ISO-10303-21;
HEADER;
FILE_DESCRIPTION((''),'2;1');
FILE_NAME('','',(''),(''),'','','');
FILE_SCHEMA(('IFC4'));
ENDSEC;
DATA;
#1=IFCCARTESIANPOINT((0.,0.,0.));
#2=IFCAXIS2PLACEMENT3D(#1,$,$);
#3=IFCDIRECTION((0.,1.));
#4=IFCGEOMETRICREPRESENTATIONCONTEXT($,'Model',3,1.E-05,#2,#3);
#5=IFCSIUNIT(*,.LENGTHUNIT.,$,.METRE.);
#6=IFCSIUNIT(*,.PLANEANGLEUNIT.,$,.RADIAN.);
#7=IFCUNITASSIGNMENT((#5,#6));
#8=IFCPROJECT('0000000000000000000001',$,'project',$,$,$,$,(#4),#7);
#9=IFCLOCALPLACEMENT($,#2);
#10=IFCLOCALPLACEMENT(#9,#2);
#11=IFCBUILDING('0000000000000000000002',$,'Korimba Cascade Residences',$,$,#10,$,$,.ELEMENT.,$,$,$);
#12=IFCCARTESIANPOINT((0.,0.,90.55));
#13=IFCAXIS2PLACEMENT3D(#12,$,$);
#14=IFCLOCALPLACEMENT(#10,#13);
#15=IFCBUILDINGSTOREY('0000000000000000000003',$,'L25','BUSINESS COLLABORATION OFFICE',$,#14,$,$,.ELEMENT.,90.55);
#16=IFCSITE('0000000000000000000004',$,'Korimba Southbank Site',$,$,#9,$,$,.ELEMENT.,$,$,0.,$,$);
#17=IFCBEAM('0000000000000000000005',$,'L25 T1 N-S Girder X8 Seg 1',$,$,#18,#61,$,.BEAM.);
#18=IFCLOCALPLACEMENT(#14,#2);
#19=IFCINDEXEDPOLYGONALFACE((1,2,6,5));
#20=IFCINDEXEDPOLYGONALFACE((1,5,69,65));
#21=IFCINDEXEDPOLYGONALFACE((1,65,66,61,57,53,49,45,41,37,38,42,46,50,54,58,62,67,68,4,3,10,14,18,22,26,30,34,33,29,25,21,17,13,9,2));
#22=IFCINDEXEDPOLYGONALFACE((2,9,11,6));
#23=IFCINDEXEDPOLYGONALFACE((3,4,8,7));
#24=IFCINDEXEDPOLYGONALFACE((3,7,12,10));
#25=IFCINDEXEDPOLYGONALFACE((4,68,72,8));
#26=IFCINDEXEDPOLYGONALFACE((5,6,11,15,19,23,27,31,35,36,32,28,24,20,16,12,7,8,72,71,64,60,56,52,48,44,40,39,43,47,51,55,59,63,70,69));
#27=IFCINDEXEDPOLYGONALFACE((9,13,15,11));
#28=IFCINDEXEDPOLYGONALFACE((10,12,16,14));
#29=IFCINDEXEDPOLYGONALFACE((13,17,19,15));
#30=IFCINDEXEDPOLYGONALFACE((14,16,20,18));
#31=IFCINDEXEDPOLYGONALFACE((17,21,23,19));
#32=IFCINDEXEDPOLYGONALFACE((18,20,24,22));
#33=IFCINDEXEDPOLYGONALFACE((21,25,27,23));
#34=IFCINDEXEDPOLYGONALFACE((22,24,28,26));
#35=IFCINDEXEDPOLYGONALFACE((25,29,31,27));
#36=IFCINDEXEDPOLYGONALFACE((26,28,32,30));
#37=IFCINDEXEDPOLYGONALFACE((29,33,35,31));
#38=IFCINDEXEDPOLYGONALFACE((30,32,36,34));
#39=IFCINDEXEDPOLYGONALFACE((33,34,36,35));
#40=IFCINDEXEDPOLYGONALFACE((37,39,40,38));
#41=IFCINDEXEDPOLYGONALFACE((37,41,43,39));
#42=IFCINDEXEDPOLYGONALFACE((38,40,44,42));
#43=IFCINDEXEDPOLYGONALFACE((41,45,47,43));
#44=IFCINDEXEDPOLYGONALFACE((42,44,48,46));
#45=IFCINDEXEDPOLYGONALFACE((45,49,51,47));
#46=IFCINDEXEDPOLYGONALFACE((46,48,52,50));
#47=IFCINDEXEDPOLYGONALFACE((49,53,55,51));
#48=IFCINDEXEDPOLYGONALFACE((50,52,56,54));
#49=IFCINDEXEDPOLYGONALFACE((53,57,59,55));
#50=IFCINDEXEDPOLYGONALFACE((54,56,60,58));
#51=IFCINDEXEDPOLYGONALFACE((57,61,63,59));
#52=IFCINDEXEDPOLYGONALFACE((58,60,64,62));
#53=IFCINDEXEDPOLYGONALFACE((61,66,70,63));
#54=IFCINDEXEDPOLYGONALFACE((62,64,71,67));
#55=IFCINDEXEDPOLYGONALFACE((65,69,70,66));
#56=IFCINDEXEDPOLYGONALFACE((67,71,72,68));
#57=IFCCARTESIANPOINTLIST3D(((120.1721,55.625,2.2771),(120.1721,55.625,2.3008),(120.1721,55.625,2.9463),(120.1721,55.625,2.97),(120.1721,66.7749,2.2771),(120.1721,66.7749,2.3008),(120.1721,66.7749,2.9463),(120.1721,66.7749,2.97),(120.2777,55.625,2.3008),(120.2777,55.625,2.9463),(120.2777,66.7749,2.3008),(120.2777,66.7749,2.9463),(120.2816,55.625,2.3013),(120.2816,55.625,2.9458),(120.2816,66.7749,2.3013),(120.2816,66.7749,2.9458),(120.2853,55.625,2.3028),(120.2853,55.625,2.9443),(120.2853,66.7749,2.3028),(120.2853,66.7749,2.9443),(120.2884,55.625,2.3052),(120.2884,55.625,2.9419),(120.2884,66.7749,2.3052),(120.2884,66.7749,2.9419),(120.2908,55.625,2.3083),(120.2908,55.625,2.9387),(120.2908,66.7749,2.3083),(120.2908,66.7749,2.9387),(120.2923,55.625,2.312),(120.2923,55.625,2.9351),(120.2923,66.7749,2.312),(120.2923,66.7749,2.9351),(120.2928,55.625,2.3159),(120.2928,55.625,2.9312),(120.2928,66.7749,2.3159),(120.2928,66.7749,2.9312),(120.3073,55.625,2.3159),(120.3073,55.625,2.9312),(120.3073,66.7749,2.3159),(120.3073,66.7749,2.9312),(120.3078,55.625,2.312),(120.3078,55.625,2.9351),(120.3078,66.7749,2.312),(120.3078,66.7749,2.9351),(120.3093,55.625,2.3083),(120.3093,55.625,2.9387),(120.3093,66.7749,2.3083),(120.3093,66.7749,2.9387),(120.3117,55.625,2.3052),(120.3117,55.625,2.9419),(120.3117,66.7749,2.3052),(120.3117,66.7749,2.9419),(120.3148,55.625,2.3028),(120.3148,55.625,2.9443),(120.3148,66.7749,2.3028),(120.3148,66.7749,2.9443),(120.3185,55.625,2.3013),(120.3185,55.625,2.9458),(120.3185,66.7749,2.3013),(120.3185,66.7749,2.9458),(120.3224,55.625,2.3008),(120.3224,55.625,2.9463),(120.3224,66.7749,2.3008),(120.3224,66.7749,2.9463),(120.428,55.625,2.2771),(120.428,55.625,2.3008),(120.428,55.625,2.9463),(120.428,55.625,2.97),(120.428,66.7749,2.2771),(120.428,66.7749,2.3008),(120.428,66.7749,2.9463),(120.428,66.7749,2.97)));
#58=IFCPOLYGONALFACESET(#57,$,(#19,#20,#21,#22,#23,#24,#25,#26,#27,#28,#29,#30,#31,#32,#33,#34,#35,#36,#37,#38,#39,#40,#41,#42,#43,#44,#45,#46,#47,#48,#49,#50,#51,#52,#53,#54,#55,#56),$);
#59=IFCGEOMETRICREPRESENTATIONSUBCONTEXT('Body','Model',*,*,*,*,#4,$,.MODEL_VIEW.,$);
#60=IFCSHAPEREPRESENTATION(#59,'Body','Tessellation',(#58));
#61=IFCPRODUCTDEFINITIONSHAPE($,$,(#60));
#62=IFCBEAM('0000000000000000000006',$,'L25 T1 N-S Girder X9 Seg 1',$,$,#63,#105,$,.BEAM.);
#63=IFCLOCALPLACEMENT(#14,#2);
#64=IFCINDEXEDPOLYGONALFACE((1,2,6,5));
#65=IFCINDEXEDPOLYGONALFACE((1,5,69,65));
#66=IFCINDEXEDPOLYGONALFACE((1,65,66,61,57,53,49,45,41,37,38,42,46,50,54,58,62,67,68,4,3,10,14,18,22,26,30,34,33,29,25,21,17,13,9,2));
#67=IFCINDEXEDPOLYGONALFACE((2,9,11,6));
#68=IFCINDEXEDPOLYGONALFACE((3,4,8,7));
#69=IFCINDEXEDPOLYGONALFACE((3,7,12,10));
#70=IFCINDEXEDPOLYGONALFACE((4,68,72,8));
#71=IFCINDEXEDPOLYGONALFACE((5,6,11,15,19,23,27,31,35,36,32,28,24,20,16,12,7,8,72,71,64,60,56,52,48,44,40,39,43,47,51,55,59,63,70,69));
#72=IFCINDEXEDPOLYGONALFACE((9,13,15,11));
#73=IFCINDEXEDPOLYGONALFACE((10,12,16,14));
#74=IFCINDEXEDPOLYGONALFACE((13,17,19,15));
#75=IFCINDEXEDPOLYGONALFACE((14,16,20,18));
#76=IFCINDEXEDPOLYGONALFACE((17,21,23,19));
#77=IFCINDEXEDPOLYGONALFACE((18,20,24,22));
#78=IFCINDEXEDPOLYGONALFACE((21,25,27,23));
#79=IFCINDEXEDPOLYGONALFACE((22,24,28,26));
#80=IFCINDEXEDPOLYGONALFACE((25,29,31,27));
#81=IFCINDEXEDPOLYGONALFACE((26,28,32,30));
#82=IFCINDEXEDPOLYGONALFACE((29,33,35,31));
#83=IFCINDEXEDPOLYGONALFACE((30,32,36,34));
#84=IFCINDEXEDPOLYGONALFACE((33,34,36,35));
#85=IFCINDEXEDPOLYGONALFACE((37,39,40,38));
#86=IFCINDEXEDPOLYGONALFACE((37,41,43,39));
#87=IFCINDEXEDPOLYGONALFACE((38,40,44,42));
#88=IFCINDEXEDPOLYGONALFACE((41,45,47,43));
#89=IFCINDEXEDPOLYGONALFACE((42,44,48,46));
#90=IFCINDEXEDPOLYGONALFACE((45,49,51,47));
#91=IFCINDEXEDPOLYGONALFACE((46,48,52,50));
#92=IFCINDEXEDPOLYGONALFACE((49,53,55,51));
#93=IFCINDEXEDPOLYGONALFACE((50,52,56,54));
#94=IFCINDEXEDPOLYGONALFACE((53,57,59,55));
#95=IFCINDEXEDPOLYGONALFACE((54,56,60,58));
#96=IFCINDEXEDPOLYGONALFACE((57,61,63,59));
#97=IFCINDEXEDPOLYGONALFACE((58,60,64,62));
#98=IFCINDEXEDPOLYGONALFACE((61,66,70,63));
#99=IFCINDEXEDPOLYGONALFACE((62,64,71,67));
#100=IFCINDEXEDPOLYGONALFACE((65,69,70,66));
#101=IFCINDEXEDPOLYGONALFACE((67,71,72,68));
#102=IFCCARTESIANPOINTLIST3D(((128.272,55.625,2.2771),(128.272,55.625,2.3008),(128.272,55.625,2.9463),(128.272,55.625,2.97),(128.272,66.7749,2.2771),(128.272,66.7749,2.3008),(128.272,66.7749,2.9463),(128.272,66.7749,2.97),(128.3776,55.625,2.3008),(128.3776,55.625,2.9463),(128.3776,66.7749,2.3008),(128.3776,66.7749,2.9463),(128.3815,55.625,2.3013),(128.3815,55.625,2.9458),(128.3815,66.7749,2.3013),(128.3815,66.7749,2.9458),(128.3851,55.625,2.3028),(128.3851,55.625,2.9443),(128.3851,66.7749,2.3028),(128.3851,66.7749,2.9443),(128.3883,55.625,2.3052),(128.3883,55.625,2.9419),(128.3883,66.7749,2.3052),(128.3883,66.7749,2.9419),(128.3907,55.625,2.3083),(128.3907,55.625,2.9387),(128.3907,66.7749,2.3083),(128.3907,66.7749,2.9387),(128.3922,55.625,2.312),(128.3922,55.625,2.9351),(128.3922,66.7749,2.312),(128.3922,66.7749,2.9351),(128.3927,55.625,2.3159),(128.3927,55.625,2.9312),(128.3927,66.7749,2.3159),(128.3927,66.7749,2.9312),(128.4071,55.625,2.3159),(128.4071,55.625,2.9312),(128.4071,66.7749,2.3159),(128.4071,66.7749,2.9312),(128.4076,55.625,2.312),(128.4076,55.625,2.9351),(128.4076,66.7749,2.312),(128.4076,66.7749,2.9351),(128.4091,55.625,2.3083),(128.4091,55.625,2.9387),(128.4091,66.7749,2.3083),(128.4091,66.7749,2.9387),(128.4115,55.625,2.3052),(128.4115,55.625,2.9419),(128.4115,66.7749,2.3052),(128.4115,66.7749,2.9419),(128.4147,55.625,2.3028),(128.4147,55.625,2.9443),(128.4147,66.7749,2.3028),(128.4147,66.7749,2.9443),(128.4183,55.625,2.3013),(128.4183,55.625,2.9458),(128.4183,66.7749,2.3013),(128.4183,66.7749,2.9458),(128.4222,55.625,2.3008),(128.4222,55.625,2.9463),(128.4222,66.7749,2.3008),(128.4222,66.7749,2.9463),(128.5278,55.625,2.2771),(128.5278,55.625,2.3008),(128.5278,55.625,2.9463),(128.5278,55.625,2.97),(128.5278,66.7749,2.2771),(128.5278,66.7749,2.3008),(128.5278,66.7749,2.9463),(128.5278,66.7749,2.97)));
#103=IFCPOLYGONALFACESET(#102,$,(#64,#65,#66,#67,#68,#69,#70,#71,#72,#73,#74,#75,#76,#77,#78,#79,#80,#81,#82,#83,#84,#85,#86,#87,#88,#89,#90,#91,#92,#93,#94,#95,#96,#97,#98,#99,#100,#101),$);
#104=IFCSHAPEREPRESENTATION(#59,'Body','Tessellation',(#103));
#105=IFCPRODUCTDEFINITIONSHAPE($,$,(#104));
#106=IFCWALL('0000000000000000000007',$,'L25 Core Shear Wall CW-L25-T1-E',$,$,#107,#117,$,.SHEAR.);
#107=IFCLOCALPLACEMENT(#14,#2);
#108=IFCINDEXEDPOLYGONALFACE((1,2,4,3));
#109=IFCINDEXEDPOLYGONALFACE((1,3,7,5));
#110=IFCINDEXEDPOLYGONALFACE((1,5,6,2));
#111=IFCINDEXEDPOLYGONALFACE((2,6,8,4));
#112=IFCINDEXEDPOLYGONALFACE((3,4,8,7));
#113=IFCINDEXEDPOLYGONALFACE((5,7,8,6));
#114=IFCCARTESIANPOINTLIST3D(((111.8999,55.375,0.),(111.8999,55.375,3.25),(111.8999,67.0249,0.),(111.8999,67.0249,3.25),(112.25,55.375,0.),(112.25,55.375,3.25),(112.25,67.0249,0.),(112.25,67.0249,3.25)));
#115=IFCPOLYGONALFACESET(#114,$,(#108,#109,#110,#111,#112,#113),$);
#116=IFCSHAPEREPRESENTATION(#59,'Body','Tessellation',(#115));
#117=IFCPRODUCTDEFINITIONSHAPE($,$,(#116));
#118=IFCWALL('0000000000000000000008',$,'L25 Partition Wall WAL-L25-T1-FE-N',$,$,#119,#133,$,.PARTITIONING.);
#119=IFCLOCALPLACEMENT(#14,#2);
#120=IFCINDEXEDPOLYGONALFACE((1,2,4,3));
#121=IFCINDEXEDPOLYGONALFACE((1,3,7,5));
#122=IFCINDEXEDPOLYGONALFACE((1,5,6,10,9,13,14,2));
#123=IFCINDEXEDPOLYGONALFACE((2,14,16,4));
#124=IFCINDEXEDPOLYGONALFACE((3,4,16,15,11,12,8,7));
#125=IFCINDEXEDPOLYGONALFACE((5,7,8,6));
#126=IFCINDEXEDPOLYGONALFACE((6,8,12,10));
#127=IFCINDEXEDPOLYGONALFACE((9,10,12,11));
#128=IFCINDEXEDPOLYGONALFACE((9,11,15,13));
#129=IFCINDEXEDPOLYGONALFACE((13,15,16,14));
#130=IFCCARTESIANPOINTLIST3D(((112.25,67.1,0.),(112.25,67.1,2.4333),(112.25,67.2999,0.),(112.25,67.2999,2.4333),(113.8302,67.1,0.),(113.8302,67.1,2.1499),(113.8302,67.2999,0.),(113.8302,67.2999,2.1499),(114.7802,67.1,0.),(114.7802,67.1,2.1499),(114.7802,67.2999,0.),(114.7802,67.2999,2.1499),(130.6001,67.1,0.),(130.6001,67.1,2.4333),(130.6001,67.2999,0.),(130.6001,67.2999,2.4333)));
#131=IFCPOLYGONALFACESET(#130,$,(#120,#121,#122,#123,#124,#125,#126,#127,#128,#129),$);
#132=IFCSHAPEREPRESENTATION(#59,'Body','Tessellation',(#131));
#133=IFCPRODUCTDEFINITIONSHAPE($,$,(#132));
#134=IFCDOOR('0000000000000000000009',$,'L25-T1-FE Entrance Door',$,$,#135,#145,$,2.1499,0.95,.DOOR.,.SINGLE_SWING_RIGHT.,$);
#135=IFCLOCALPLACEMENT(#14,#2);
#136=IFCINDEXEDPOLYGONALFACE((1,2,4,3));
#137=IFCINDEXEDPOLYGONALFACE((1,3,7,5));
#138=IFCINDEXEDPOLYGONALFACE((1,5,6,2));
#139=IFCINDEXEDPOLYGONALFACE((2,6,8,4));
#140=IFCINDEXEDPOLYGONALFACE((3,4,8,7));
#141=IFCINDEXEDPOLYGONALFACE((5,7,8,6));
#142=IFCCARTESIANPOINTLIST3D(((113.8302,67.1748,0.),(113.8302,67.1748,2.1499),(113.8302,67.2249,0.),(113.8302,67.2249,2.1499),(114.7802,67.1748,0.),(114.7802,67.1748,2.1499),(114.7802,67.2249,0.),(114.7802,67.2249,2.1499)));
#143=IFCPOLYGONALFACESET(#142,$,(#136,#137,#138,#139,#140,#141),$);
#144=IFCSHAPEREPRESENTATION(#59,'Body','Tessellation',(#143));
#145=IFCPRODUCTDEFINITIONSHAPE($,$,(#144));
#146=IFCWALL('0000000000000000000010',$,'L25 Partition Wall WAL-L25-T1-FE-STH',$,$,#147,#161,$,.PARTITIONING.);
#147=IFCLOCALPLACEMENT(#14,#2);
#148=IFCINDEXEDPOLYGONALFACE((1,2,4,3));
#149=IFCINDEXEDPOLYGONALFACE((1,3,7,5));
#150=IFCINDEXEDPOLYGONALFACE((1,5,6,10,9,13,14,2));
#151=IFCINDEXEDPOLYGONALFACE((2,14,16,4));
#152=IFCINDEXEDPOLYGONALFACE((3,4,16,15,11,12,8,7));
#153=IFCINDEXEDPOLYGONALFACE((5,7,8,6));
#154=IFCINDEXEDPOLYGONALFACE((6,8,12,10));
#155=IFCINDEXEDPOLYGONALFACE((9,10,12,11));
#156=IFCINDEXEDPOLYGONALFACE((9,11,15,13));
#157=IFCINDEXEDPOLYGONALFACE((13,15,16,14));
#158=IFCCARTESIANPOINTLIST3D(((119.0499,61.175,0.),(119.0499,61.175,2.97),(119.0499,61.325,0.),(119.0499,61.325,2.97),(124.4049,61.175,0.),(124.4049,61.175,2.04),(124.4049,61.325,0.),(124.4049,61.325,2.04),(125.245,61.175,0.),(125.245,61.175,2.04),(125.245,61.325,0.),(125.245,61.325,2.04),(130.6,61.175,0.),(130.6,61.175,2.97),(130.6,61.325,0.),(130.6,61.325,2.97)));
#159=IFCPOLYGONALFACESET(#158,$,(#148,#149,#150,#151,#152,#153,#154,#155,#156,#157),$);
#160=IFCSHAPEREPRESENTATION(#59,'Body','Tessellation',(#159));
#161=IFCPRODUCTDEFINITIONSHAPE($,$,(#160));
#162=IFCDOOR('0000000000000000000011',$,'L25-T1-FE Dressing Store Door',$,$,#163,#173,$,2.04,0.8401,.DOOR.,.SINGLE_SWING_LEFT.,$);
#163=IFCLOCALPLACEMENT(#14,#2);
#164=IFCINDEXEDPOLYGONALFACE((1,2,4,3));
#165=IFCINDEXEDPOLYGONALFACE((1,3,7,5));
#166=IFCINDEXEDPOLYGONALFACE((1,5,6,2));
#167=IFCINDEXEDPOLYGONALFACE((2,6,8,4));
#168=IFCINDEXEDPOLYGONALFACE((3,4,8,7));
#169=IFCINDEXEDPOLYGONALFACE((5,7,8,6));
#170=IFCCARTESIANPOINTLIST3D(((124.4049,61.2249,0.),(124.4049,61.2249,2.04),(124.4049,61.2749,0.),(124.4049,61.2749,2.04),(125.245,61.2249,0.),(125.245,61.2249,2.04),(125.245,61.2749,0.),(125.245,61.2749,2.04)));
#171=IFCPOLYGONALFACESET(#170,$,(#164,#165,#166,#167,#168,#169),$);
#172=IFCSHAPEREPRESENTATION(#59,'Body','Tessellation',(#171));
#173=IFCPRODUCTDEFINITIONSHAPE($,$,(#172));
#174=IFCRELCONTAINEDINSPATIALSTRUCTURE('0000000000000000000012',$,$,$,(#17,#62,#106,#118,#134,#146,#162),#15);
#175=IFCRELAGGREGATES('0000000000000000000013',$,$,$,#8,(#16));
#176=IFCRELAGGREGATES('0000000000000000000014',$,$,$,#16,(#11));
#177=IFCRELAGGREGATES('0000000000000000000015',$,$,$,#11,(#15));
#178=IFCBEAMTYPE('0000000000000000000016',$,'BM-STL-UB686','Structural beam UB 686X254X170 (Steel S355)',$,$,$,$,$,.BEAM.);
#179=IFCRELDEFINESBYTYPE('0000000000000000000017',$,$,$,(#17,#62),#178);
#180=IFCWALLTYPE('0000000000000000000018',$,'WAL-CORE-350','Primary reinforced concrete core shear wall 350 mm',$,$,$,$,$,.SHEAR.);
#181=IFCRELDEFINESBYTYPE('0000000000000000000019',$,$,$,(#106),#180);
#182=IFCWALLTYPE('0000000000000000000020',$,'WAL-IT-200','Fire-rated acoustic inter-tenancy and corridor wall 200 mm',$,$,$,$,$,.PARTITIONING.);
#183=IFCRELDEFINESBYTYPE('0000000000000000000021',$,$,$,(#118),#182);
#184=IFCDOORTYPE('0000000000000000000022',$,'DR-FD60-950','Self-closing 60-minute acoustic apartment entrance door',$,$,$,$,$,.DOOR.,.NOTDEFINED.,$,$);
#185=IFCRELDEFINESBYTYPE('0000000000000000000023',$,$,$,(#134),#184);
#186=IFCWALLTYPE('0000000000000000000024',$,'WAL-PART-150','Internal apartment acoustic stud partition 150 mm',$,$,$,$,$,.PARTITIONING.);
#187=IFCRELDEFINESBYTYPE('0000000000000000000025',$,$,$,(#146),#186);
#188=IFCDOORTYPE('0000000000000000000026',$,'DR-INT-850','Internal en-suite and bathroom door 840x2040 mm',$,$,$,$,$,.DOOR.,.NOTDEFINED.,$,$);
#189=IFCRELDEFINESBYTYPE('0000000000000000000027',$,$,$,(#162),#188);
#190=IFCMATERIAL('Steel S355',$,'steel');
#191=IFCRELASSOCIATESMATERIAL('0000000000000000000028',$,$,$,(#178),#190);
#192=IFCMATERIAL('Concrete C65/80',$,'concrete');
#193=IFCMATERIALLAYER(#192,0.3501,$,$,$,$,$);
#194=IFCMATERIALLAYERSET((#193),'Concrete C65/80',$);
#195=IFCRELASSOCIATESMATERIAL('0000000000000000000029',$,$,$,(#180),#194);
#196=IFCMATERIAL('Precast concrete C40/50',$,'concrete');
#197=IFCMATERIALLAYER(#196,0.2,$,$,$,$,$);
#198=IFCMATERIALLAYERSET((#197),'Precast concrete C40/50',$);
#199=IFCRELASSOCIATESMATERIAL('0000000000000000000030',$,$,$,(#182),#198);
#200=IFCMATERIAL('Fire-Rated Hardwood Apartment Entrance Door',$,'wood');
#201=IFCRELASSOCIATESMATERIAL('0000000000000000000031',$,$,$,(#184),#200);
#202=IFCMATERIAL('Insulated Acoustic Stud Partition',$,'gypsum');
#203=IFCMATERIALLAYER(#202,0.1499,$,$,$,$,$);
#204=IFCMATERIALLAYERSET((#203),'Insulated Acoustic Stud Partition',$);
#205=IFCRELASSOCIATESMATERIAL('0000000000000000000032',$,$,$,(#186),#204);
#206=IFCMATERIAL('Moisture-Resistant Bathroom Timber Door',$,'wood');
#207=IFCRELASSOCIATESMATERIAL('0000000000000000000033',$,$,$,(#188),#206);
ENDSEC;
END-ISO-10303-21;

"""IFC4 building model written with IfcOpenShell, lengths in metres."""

from ifc_helpers import new_model, si_unit, direction, frame, frame_2d, origin, origin_2d, place, context, subcontext, project, spatial, rectangle, i_section, extrude, material, layer, layer_set, material_profile, profile_set, type_object, element, fill, save


model = new_model("IFC4")

# Units and contexts
model_context = context("Model", 3, precision=1e-05, world=origin(), true_north=direction((0.0, 1.0)))
body_context = subcontext(model_context, "Body", "Model", "MODEL_VIEW")
ifc_project = project(units=[si_unit("LENGTHUNIT", "METRE"), si_unit("PLANEANGLEUNIT", "RADIAN")], contexts=[model_context])

# Site, building, storey
site_placement = place(None, origin())
site = spatial("IfcSite", under=ifc_project, at=site_placement, Name="Korimba Southbank Site", CompositionType="ELEMENT", RefElevation=0.0)
building_placement = place(site_placement, origin())
building = spatial("IfcBuilding", under=site, at=building_placement, Name="Korimba Cascade Residences", CompositionType="ELEMENT")
storey_placement = place(building_placement, frame((0.0, 0.0, 90.55)))
storey = spatial("IfcBuildingStorey", under=building, at=storey_placement, Name="L25", Description="BUSINESS COLLABORATION OFFICE", CompositionType="ELEMENT", Elevation=90.55)

# Shared definitions
ifc_material_1 = material(Name="Concrete C65/80", Category="concrete")

# Beams
ifc_material_2 = material(Name="Steel S355", Category="steel")
ifc_material_profile_1 = material_profile(ifc_material_2, i_section(OverallWidth=0.2559, OverallDepth=0.6929, WebThickness=0.0144, FlangeThickness=0.0237, FilletRadius=0.0151, at=origin_2d()), Name="Steel S355")
ifc_profile_set_1 = profile_set([ifc_material_profile_1], Name="Steel S355")
beam_type_1 = type_object("IfcBeamType", Name="BM-STL-UB686", Description="Structural beam UB 686X254X170 (Steel S355)", PredefinedType="BEAM", material=ifc_profile_set_1)
for number, where, z_axis, x_axis, name in (
    (1, (120.3, 55.625, 2.6235), (0.0, 1.0, 0.0), (-1.0, 0.0, 0.0), "L25 T1 N-S Girder X8 Seg 1"),
    (2, (128.3999, 55.625, 2.6235), (0.0, 1.0, 0.0), (-1.0, 0.0, 0.0), "L25 T1 N-S Girder X9 Seg 1"),
):
    element("IfcBeam", number, at=place(storey_placement, frame(where, z_axis=z_axis, x_axis=x_axis)), inside=storey, type_object=beam_type_1, Name=name, PredefinedType="BEAM", context=body_context, shape_type="SweptSolid", body=[
        extrude(i_section(OverallWidth=0.2559, OverallDepth=0.6929, WebThickness=0.0144, FlangeThickness=0.0237, FilletRadius=0.0151, at=origin_2d()), origin(), (0.0, 0.0, 1.0), 11.1499),
    ])

# Wall
ifc_layer_1 = layer(ifc_material_1, 0.3501)
ifc_layer_set_1 = layer_set([ifc_layer_1], Name="Concrete C65/80")
wall_type_1 = type_object("IfcWallType", Name="WAL-CORE-350", Description="Primary reinforced concrete core shear wall 350 mm", PredefinedType="SHEAR", material=ifc_layer_set_1)
wall_1_placement = place(storey_placement, frame((112.075, 55.375, 0.0), z_axis=(0.0, 0.0, 1.0), x_axis=(0.0, 1.0, 0.0)))
element("IfcWall", 3, at=wall_1_placement, inside=storey, type_object=wall_type_1, Name="L25 Core Shear Wall CW-L25-T1-E", PredefinedType="SHEAR", context=body_context, shape_type="SweptSolid", body=[
    extrude(rectangle(XDim=11.6499, YDim=0.3501, at=frame_2d((5.825, 0.0))), origin(), (0.0, 0.0, 1.0), 3.25),
])

# Walls, openings, doors
ifc_material_3 = material(Name="Precast concrete C40/50", Category="concrete")
ifc_layer_2 = layer(ifc_material_3, 0.2)
ifc_layer_set_2 = layer_set([ifc_layer_2], Name="Precast concrete C40/50")
wall_type_2 = type_object("IfcWallType", Name="WAL-IT-200", Description="Fire-rated acoustic inter-tenancy and corridor wall 200 mm", PredefinedType="PARTITIONING", material=ifc_layer_set_2)
wall_2_placement = place(storey_placement, frame((112.25, 67.2, 0.0), z_axis=(0.0, 0.0, 1.0), x_axis=(1.0, 0.0, 0.0)))
wall_2 = element("IfcWall", 4, at=wall_2_placement, inside=storey, type_object=wall_type_2, Name="L25 Partition Wall WAL-L25-T1-FE-N", PredefinedType="PARTITIONING", context=body_context, shape_type="SweptSolid", body=[
    extrude(rectangle(XDim=18.3501, YDim=0.2, at=frame_2d((9.175, 0.0))), origin(), (0.0, 0.0, 1.0), 2.4333),
])
opening_1_placement = place(wall_2_placement, frame((1.5801, 0.0, 0.0)))
opening_1 = element("IfcOpeningElement", 5, at=opening_1_placement, cuts=wall_2, PredefinedType="OPENING", context=body_context, shape_type="SweptSolid", body=[
    extrude(rectangle(XDim=0.95, YDim=2.1499, at=frame_2d((0.4751, 1.075))), frame((0.0, 0.1099, 0.0), z_axis=(0.0, -1.0, 0.0), x_axis=(1.0, 0.0, 0.0)), (0.0, 0.0, 1.0), 0.22),
])
ifc_material_4 = material(Name="Fire-Rated Hardwood Apartment Entrance Door", Category="wood")
door_type_1 = type_object("IfcDoorType", Name="DR-FD60-950", Description="Self-closing 60-minute acoustic apartment entrance door", OperationType="NOTDEFINED", PredefinedType="DOOR", material=ifc_material_4)
door_1_placement = place(opening_1_placement, origin())
door_1 = element("IfcDoor", 6, at=door_1_placement, inside=storey, type_object=door_type_1, Name="L25-T1-FE Entrance Door", OperationType="SINGLE_SWING_RIGHT", OverallHeight=2.1499, OverallWidth=0.95, PredefinedType="DOOR", context=body_context, shape_type="SweptSolid", body=[
    extrude(rectangle(XDim=0.95, YDim=2.1499, at=frame_2d((0.4751, 1.075))), frame((0.0, 0.0249, 0.0), z_axis=(0.0, -1.0, 0.0), x_axis=(1.0, 0.0, 0.0)), (0.0, 0.0, 1.0), 0.05),
])
fill(opening_1, door_1)
ifc_material_5 = material(Name="Insulated Acoustic Stud Partition", Category="gypsum")
ifc_layer_3 = layer(ifc_material_5, 0.1499)
ifc_layer_set_3 = layer_set([ifc_layer_3], Name="Insulated Acoustic Stud Partition")
wall_type_3 = type_object("IfcWallType", Name="WAL-PART-150", Description="Internal apartment acoustic stud partition 150 mm", PredefinedType="PARTITIONING", material=ifc_layer_set_3)
wall_3_placement = place(storey_placement, frame((119.05, 61.25, 0.0), z_axis=(0.0, 0.0, 1.0), x_axis=(1.0, 0.0, 0.0)))
wall_3 = element("IfcWall", 7, at=wall_3_placement, inside=storey, type_object=wall_type_3, Name="L25 Partition Wall WAL-L25-T1-FE-STH", PredefinedType="PARTITIONING", context=body_context, shape_type="SweptSolid", body=[
    extrude(rectangle(XDim=11.55, YDim=0.1499, at=frame_2d((5.7749, 0.0))), origin(), (0.0, 0.0, 1.0), 2.97),
])
opening_2_placement = place(wall_3_placement, frame((5.355, 0.0, 0.0)))
opening_2 = element("IfcOpeningElement", 8, at=opening_2_placement, cuts=wall_3, PredefinedType="OPENING", context=body_context, shape_type="SweptSolid", body=[
    extrude(rectangle(XDim=0.8401, YDim=2.04, at=frame_2d((0.4199, 1.02))), frame((0.0, 0.085, 0.0), z_axis=(0.0, -1.0, 0.0), x_axis=(1.0, 0.0, 0.0)), (0.0, 0.0, 1.0), 0.1699),
])
ifc_material_6 = material(Name="Moisture-Resistant Bathroom Timber Door", Category="wood")
door_type_2 = type_object("IfcDoorType", Name="DR-INT-850", Description="Internal en-suite and bathroom door 840x2040 mm", OperationType="NOTDEFINED", PredefinedType="DOOR", material=ifc_material_6)
door_2_placement = place(opening_2_placement, origin())
door_2 = element("IfcDoor", 9, at=door_2_placement, inside=storey, type_object=door_type_2, Name="L25-T1-FE Dressing Store Door", OperationType="SINGLE_SWING_LEFT", OverallHeight=2.04, OverallWidth=0.8401, PredefinedType="DOOR", context=body_context, shape_type="SweptSolid", body=[
    extrude(rectangle(XDim=0.8401, YDim=2.04, at=frame_2d((0.4199, 1.02))), frame((0.0, 0.0249, 0.0), z_axis=(0.0, -1.0, 0.0), x_axis=(1.0, 0.0, 0.0)), (0.0, 0.0, 1.0), 0.05),
])
fill(opening_2, door_2)

save(model, "model.ifc")
